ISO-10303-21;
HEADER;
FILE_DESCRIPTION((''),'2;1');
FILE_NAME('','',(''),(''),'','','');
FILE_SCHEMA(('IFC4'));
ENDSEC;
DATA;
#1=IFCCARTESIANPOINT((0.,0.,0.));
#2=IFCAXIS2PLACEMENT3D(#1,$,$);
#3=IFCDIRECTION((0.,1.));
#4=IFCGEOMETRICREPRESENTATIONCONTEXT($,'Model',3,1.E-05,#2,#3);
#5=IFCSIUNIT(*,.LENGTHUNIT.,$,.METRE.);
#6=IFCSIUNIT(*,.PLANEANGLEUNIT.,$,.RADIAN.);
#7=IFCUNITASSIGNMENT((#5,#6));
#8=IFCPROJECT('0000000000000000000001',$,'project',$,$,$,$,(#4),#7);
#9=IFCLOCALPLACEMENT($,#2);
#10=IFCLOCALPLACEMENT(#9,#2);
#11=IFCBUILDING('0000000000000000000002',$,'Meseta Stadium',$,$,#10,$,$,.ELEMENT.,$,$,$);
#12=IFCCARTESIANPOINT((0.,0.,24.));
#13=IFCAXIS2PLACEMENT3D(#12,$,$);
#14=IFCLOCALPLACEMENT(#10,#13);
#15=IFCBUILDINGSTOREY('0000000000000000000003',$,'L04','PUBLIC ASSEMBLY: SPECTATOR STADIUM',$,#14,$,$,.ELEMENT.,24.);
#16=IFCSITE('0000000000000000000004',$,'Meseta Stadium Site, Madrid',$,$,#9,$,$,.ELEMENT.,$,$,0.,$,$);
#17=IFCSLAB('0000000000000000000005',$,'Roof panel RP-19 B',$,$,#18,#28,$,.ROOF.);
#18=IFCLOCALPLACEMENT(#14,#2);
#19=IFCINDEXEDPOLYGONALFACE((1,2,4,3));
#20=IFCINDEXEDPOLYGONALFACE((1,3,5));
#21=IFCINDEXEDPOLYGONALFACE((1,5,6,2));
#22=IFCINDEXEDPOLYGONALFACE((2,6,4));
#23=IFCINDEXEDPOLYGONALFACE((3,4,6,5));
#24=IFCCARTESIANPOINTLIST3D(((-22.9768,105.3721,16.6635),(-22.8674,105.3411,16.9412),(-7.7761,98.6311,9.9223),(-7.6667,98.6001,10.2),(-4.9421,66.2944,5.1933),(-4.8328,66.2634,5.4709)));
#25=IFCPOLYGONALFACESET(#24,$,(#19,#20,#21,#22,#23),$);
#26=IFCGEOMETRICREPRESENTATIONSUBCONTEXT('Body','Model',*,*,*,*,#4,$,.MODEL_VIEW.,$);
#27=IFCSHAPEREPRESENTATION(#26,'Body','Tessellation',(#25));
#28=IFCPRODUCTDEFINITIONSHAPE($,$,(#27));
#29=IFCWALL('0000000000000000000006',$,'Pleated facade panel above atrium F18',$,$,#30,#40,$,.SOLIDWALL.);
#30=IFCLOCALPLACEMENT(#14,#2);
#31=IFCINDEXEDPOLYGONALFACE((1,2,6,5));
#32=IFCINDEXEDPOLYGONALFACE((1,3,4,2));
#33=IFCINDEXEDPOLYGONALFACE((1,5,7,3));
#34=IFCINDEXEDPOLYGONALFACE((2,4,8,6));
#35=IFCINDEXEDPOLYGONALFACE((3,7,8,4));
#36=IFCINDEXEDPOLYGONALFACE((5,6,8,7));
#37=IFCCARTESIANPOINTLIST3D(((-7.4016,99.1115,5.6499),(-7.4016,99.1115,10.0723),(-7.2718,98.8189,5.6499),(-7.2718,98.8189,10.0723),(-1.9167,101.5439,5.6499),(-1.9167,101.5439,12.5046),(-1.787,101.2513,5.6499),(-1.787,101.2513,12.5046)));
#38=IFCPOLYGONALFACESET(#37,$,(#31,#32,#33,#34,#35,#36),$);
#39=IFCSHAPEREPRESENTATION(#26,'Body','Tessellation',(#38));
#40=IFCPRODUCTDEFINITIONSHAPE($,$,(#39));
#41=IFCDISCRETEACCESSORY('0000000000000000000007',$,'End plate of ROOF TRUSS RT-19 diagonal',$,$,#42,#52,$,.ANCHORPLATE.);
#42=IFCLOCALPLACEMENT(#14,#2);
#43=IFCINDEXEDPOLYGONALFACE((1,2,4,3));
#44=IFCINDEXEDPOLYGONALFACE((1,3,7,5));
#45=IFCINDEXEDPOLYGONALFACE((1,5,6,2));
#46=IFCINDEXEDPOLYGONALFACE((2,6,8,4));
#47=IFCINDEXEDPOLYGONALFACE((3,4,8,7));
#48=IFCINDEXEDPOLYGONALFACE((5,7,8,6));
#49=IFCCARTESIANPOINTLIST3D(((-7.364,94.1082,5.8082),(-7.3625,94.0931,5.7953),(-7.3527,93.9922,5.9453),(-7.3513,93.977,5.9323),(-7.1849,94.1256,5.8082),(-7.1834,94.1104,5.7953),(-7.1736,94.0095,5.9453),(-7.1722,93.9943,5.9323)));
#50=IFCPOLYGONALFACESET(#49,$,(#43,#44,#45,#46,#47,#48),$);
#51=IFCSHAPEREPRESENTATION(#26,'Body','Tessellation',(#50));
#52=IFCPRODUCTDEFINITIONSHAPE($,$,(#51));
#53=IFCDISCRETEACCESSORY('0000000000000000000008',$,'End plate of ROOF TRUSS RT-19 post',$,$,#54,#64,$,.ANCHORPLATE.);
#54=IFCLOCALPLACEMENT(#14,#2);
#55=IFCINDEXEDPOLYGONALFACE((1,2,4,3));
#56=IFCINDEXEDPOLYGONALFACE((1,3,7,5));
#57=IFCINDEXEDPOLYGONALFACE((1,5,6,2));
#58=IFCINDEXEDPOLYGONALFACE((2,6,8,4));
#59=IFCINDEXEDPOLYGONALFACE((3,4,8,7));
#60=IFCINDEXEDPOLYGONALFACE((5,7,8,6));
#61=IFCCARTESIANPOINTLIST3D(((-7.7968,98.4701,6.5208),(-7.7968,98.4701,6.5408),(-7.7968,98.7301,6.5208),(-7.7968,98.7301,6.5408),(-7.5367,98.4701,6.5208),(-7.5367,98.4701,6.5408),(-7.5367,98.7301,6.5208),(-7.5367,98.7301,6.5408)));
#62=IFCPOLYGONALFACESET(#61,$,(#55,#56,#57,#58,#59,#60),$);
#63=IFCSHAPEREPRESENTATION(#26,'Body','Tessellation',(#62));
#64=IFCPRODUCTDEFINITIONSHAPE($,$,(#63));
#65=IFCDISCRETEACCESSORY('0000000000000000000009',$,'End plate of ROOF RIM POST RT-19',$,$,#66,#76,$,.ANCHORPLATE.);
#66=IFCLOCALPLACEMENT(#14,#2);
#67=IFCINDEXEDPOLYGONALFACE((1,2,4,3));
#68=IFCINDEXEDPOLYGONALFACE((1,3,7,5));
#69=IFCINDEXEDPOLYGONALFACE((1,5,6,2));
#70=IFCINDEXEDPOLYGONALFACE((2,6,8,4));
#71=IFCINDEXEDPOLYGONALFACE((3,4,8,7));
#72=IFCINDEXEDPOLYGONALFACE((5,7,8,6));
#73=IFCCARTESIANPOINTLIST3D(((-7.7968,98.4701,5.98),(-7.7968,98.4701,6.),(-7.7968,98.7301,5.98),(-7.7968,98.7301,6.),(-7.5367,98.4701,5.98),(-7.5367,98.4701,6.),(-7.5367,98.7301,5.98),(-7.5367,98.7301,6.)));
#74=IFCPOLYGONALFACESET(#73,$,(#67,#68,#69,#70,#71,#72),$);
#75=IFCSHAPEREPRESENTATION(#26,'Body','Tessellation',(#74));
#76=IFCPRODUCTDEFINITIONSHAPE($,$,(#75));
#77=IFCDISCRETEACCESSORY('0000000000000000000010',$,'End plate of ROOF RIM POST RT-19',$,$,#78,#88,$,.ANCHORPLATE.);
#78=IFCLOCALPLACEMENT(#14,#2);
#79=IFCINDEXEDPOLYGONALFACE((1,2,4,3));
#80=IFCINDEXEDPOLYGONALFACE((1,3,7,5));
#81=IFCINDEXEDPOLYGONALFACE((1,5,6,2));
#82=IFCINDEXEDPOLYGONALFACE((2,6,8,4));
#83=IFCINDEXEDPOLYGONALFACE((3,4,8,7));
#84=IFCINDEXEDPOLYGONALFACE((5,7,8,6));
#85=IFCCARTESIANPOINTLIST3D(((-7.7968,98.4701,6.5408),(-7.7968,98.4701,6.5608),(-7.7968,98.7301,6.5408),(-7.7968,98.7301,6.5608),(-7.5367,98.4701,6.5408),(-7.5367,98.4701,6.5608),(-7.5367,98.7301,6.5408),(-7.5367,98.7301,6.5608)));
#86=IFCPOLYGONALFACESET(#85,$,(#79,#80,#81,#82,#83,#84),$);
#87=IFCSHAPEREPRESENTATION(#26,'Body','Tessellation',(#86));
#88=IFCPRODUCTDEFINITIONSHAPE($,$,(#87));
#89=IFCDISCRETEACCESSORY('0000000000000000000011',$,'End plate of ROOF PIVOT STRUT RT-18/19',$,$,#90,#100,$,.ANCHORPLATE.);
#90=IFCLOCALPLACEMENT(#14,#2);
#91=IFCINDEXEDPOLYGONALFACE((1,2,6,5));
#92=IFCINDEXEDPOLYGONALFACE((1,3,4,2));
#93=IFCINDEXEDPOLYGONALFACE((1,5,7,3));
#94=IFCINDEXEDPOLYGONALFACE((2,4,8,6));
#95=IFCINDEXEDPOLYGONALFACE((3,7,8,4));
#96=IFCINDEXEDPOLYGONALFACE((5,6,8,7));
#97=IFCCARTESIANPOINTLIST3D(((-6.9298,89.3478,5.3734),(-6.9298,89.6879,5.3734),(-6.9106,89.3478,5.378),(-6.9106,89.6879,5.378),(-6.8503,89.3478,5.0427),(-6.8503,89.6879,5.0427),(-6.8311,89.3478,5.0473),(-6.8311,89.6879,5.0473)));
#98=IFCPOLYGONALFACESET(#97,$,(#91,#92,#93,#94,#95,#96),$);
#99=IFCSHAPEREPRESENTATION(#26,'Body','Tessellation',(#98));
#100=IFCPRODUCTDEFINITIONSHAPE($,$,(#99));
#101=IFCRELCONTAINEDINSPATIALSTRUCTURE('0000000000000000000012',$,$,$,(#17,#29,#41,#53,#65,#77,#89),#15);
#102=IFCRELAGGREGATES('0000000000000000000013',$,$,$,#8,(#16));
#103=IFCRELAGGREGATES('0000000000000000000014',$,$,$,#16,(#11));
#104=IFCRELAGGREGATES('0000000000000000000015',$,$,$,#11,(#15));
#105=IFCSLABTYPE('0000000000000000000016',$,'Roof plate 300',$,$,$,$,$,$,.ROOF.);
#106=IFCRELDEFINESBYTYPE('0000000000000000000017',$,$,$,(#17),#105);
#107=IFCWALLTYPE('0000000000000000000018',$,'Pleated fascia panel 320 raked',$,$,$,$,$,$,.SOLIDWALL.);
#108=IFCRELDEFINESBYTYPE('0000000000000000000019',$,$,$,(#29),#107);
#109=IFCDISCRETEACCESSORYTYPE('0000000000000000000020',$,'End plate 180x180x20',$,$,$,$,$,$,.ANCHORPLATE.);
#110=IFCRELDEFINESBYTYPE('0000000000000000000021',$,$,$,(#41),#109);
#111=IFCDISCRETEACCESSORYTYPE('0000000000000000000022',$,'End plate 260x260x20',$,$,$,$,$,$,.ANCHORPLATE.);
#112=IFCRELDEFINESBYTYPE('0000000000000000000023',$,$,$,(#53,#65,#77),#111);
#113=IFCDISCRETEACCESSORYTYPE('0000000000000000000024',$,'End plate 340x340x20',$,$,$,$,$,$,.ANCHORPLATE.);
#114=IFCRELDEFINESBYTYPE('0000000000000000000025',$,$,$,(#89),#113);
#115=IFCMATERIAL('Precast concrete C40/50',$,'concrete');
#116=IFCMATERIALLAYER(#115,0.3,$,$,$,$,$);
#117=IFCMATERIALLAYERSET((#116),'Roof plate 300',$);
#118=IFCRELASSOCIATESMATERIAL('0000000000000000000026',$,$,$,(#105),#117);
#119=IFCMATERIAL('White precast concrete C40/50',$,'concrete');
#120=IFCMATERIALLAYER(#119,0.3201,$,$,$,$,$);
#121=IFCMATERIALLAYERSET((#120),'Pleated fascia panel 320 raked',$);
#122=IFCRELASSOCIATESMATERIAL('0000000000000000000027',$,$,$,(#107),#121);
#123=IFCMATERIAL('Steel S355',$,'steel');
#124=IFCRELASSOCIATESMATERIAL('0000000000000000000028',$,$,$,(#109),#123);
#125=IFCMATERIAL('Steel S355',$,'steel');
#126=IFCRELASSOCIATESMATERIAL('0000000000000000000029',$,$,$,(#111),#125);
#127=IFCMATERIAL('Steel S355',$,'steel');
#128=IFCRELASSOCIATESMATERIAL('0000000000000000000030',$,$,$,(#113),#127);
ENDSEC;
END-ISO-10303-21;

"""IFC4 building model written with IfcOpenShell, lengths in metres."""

from ifc_helpers import new_model, si_unit, direction, frame, origin, origin_2d, place, context, subcontext, project, spatial, polyline, rectangle, outline, extrude, material, layer, layer_set, material_profile, profile_set, type_object, element, save


model = new_model("IFC4")

# Units and contexts
model_context = context("Model", 3, precision=1e-05, world=origin(), true_north=direction((0.0, 1.0)))
body_context = subcontext(model_context, "Body", "Model", "MODEL_VIEW")
ifc_project = project(units=[si_unit("LENGTHUNIT", "METRE"), si_unit("PLANEANGLEUNIT", "RADIAN")], contexts=[model_context])

# Site, building, storey
site_placement = place(None, origin())
site = spatial("IfcSite", under=ifc_project, at=site_placement, Name="Meseta Stadium Site, Madrid", CompositionType="ELEMENT", RefElevation=0.0)
building_placement = place(site_placement, origin())
building = spatial("IfcBuilding", under=site, at=building_placement, Name="Meseta Stadium", CompositionType="ELEMENT")
storey_placement = place(building_placement, frame((0.0, 0.0, 24.0)))
storey = spatial("IfcBuildingStorey", under=building, at=storey_placement, Name="L04", Description="PUBLIC ASSEMBLY: SPECTATOR STADIUM", CompositionType="ELEMENT", Elevation=24.0)

# Slab
ifc_material_1 = material(Name="Precast concrete C40/50", Category="concrete")
ifc_layer_1 = layer(ifc_material_1, 0.3)
ifc_layer_set_1 = layer_set([ifc_layer_1], Name="Roof plate 300")
slab_type = type_object("IfcSlabType", Name="Roof plate 300", PredefinedType="ROOF", material=ifc_layer_set_1)
slab_placement = place(storey_placement, frame((-7.6667, 98.6001, 10.2), z_axis=(0.364559, -0.103386, 0.925423), x_axis=(0.086393, -0.985776, -0.144163)))
element("IfcSlab", 1, at=slab_placement, inside=storey, type_object=slab_type, Name="Roof panel RP-19 B", PredefinedType="ROOF", context=body_context, shape_type="SweptSolid", body=[
    extrude(outline(polyline([(0.0, 0.0), (32.8033, 0.0), (-8.9301, -15.5627), (0.0, 0.0)])), origin(), (0.0, 0.0, -1.0), 0.3),
])

# Wall
ifc_material_2 = material(Name="White precast concrete C40/50", Category="concrete")
ifc_layer_2 = layer(ifc_material_2, 0.3201)
ifc_layer_set_2 = layer_set([ifc_layer_2], Name="Pleated fascia panel 320 raked")
wall_type = type_object("IfcWallType", Name="Pleated fascia panel 320 raked", PredefinedType="SOLIDWALL", material=ifc_layer_set_2)
wall_placement = place(storey_placement, frame((-7.3367, 98.9651, 5.6499), z_axis=(0.0, 0.0, 1.0), x_axis=(0.914142, 0.405395, 0.0)))
element("IfcWall", 2, at=wall_placement, inside=storey, type_object=wall_type, Name="Pleated facade panel above atrium F18", PredefinedType="SOLIDWALL", context=body_context, shape_type="SweptSolid", body=[
    extrude(outline(polyline([(0.0, 0.0), (6.0, 0.0), (6.0, 6.8547), (0.0, 4.4224), (0.0, 0.0)])), frame((0.0, 0.1602, 0.0), z_axis=(0.0, -1.0, 0.0), x_axis=(1.0, 0.0, 0.0)), (0.0, 0.0, 1.0), 0.3201),
])

# Discrete accessories
ifc_material_3 = material(Name="Steel S355", Category="steel")
ifc_material_profile_1 = material_profile(ifc_material_3, rectangle(XDim=0.1799, YDim=0.1799, at=origin_2d()), Name="PL 180x180")
ifc_profile_set_1 = profile_set([ifc_material_profile_1], Name="Steel S355")
discrete_accessory_type_1 = type_object("IfcDiscreteAccessoryType", Name="End plate 180x180x20", PredefinedType="ANCHORPLATE", material=ifc_profile_set_1)
discrete_accessory_1_placement = place(storey_placement, frame((-7.2673, 94.0437, 5.8638), z_axis=(-0.073362, 0.758073, 0.64803), x_axis=(-0.99535, -0.096324, 0.0)))
element("IfcDiscreteAccessory", 3, at=discrete_accessory_1_placement, inside=storey, type_object=discrete_accessory_type_1, Name="End plate of ROOF TRUSS RT-19 diagonal", PredefinedType="ANCHORPLATE", context=body_context, shape_type="SweptSolid", body=[
    extrude(rectangle(XDim=0.1799, YDim=0.1799, at=origin_2d()), origin(), (0.0, 0.0, 1.0), 0.02),
])
ifc_material_4 = material(Name="Steel S355", Category="steel")
ifc_material_profile_2 = material_profile(ifc_material_4, rectangle(XDim=0.26, YDim=0.26, at=origin_2d()), Name="PL 260x260")
ifc_profile_set_2 = profile_set([ifc_material_profile_2], Name="Steel S355")
discrete_accessory_type_2 = type_object("IfcDiscreteAccessoryType", Name="End plate 260x260x20", PredefinedType="ANCHORPLATE", material=ifc_profile_set_2)
for number, where, z_axis, x_axis, name in (
    (4, (-7.6667, 98.6001, 6.5208), (0.0, 0.0, 1.0), (1.0, 0.0, 0.0), "End plate of ROOF TRUSS RT-19 post"),
    (5, (-7.6667, 98.6001, 5.98), (0.0, 0.0, 1.0), (1.0, 0.0, 0.0), "End plate of ROOF RIM POST RT-19"),
    (6, (-7.6667, 98.6001, 6.5408), (0.0, 0.0, 1.0), (1.0, 0.0, 0.0), "End plate of ROOF RIM POST RT-19"),
):
    element("IfcDiscreteAccessory", number, at=place(storey_placement, frame(where, z_axis=z_axis, x_axis=x_axis)), inside=storey, type_object=discrete_accessory_type_2, Name=name, PredefinedType="ANCHORPLATE", context=body_context, shape_type="SweptSolid", body=[
        extrude(rectangle(XDim=0.26, YDim=0.26, at=origin_2d()), origin(), (0.0, 0.0, 1.0), 0.02),
    ])
ifc_material_5 = material(Name="Steel S355", Category="steel")
ifc_material_profile_3 = material_profile(ifc_material_5, rectangle(XDim=0.3401, YDim=0.3401, at=origin_2d()), Name="PL 340x340")
ifc_profile_set_3 = profile_set([ifc_material_profile_3], Name="Steel S355")
discrete_accessory_type_3 = type_object("IfcDiscreteAccessoryType", Name="End plate 340x340x20", PredefinedType="ANCHORPLATE", material=ifc_profile_set_3)
discrete_accessory_2_placement = place(storey_placement, frame((-6.8708, 89.5178, 5.2126), z_axis=(-0.972275, 0.0, -0.233838), x_axis=(0.0, -1.0, 0.0)))
element("IfcDiscreteAccessory", 7, at=discrete_accessory_2_placement, inside=storey, type_object=discrete_accessory_type_3, Name="End plate of ROOF PIVOT STRUT RT-18/19", PredefinedType="ANCHORPLATE", context=body_context, shape_type="SweptSolid", body=[
    extrude(rectangle(XDim=0.3401, YDim=0.3401, at=origin_2d()), origin(), (0.0, 0.0, 1.0), 0.0198),
])

save(model, "model.ifc")
